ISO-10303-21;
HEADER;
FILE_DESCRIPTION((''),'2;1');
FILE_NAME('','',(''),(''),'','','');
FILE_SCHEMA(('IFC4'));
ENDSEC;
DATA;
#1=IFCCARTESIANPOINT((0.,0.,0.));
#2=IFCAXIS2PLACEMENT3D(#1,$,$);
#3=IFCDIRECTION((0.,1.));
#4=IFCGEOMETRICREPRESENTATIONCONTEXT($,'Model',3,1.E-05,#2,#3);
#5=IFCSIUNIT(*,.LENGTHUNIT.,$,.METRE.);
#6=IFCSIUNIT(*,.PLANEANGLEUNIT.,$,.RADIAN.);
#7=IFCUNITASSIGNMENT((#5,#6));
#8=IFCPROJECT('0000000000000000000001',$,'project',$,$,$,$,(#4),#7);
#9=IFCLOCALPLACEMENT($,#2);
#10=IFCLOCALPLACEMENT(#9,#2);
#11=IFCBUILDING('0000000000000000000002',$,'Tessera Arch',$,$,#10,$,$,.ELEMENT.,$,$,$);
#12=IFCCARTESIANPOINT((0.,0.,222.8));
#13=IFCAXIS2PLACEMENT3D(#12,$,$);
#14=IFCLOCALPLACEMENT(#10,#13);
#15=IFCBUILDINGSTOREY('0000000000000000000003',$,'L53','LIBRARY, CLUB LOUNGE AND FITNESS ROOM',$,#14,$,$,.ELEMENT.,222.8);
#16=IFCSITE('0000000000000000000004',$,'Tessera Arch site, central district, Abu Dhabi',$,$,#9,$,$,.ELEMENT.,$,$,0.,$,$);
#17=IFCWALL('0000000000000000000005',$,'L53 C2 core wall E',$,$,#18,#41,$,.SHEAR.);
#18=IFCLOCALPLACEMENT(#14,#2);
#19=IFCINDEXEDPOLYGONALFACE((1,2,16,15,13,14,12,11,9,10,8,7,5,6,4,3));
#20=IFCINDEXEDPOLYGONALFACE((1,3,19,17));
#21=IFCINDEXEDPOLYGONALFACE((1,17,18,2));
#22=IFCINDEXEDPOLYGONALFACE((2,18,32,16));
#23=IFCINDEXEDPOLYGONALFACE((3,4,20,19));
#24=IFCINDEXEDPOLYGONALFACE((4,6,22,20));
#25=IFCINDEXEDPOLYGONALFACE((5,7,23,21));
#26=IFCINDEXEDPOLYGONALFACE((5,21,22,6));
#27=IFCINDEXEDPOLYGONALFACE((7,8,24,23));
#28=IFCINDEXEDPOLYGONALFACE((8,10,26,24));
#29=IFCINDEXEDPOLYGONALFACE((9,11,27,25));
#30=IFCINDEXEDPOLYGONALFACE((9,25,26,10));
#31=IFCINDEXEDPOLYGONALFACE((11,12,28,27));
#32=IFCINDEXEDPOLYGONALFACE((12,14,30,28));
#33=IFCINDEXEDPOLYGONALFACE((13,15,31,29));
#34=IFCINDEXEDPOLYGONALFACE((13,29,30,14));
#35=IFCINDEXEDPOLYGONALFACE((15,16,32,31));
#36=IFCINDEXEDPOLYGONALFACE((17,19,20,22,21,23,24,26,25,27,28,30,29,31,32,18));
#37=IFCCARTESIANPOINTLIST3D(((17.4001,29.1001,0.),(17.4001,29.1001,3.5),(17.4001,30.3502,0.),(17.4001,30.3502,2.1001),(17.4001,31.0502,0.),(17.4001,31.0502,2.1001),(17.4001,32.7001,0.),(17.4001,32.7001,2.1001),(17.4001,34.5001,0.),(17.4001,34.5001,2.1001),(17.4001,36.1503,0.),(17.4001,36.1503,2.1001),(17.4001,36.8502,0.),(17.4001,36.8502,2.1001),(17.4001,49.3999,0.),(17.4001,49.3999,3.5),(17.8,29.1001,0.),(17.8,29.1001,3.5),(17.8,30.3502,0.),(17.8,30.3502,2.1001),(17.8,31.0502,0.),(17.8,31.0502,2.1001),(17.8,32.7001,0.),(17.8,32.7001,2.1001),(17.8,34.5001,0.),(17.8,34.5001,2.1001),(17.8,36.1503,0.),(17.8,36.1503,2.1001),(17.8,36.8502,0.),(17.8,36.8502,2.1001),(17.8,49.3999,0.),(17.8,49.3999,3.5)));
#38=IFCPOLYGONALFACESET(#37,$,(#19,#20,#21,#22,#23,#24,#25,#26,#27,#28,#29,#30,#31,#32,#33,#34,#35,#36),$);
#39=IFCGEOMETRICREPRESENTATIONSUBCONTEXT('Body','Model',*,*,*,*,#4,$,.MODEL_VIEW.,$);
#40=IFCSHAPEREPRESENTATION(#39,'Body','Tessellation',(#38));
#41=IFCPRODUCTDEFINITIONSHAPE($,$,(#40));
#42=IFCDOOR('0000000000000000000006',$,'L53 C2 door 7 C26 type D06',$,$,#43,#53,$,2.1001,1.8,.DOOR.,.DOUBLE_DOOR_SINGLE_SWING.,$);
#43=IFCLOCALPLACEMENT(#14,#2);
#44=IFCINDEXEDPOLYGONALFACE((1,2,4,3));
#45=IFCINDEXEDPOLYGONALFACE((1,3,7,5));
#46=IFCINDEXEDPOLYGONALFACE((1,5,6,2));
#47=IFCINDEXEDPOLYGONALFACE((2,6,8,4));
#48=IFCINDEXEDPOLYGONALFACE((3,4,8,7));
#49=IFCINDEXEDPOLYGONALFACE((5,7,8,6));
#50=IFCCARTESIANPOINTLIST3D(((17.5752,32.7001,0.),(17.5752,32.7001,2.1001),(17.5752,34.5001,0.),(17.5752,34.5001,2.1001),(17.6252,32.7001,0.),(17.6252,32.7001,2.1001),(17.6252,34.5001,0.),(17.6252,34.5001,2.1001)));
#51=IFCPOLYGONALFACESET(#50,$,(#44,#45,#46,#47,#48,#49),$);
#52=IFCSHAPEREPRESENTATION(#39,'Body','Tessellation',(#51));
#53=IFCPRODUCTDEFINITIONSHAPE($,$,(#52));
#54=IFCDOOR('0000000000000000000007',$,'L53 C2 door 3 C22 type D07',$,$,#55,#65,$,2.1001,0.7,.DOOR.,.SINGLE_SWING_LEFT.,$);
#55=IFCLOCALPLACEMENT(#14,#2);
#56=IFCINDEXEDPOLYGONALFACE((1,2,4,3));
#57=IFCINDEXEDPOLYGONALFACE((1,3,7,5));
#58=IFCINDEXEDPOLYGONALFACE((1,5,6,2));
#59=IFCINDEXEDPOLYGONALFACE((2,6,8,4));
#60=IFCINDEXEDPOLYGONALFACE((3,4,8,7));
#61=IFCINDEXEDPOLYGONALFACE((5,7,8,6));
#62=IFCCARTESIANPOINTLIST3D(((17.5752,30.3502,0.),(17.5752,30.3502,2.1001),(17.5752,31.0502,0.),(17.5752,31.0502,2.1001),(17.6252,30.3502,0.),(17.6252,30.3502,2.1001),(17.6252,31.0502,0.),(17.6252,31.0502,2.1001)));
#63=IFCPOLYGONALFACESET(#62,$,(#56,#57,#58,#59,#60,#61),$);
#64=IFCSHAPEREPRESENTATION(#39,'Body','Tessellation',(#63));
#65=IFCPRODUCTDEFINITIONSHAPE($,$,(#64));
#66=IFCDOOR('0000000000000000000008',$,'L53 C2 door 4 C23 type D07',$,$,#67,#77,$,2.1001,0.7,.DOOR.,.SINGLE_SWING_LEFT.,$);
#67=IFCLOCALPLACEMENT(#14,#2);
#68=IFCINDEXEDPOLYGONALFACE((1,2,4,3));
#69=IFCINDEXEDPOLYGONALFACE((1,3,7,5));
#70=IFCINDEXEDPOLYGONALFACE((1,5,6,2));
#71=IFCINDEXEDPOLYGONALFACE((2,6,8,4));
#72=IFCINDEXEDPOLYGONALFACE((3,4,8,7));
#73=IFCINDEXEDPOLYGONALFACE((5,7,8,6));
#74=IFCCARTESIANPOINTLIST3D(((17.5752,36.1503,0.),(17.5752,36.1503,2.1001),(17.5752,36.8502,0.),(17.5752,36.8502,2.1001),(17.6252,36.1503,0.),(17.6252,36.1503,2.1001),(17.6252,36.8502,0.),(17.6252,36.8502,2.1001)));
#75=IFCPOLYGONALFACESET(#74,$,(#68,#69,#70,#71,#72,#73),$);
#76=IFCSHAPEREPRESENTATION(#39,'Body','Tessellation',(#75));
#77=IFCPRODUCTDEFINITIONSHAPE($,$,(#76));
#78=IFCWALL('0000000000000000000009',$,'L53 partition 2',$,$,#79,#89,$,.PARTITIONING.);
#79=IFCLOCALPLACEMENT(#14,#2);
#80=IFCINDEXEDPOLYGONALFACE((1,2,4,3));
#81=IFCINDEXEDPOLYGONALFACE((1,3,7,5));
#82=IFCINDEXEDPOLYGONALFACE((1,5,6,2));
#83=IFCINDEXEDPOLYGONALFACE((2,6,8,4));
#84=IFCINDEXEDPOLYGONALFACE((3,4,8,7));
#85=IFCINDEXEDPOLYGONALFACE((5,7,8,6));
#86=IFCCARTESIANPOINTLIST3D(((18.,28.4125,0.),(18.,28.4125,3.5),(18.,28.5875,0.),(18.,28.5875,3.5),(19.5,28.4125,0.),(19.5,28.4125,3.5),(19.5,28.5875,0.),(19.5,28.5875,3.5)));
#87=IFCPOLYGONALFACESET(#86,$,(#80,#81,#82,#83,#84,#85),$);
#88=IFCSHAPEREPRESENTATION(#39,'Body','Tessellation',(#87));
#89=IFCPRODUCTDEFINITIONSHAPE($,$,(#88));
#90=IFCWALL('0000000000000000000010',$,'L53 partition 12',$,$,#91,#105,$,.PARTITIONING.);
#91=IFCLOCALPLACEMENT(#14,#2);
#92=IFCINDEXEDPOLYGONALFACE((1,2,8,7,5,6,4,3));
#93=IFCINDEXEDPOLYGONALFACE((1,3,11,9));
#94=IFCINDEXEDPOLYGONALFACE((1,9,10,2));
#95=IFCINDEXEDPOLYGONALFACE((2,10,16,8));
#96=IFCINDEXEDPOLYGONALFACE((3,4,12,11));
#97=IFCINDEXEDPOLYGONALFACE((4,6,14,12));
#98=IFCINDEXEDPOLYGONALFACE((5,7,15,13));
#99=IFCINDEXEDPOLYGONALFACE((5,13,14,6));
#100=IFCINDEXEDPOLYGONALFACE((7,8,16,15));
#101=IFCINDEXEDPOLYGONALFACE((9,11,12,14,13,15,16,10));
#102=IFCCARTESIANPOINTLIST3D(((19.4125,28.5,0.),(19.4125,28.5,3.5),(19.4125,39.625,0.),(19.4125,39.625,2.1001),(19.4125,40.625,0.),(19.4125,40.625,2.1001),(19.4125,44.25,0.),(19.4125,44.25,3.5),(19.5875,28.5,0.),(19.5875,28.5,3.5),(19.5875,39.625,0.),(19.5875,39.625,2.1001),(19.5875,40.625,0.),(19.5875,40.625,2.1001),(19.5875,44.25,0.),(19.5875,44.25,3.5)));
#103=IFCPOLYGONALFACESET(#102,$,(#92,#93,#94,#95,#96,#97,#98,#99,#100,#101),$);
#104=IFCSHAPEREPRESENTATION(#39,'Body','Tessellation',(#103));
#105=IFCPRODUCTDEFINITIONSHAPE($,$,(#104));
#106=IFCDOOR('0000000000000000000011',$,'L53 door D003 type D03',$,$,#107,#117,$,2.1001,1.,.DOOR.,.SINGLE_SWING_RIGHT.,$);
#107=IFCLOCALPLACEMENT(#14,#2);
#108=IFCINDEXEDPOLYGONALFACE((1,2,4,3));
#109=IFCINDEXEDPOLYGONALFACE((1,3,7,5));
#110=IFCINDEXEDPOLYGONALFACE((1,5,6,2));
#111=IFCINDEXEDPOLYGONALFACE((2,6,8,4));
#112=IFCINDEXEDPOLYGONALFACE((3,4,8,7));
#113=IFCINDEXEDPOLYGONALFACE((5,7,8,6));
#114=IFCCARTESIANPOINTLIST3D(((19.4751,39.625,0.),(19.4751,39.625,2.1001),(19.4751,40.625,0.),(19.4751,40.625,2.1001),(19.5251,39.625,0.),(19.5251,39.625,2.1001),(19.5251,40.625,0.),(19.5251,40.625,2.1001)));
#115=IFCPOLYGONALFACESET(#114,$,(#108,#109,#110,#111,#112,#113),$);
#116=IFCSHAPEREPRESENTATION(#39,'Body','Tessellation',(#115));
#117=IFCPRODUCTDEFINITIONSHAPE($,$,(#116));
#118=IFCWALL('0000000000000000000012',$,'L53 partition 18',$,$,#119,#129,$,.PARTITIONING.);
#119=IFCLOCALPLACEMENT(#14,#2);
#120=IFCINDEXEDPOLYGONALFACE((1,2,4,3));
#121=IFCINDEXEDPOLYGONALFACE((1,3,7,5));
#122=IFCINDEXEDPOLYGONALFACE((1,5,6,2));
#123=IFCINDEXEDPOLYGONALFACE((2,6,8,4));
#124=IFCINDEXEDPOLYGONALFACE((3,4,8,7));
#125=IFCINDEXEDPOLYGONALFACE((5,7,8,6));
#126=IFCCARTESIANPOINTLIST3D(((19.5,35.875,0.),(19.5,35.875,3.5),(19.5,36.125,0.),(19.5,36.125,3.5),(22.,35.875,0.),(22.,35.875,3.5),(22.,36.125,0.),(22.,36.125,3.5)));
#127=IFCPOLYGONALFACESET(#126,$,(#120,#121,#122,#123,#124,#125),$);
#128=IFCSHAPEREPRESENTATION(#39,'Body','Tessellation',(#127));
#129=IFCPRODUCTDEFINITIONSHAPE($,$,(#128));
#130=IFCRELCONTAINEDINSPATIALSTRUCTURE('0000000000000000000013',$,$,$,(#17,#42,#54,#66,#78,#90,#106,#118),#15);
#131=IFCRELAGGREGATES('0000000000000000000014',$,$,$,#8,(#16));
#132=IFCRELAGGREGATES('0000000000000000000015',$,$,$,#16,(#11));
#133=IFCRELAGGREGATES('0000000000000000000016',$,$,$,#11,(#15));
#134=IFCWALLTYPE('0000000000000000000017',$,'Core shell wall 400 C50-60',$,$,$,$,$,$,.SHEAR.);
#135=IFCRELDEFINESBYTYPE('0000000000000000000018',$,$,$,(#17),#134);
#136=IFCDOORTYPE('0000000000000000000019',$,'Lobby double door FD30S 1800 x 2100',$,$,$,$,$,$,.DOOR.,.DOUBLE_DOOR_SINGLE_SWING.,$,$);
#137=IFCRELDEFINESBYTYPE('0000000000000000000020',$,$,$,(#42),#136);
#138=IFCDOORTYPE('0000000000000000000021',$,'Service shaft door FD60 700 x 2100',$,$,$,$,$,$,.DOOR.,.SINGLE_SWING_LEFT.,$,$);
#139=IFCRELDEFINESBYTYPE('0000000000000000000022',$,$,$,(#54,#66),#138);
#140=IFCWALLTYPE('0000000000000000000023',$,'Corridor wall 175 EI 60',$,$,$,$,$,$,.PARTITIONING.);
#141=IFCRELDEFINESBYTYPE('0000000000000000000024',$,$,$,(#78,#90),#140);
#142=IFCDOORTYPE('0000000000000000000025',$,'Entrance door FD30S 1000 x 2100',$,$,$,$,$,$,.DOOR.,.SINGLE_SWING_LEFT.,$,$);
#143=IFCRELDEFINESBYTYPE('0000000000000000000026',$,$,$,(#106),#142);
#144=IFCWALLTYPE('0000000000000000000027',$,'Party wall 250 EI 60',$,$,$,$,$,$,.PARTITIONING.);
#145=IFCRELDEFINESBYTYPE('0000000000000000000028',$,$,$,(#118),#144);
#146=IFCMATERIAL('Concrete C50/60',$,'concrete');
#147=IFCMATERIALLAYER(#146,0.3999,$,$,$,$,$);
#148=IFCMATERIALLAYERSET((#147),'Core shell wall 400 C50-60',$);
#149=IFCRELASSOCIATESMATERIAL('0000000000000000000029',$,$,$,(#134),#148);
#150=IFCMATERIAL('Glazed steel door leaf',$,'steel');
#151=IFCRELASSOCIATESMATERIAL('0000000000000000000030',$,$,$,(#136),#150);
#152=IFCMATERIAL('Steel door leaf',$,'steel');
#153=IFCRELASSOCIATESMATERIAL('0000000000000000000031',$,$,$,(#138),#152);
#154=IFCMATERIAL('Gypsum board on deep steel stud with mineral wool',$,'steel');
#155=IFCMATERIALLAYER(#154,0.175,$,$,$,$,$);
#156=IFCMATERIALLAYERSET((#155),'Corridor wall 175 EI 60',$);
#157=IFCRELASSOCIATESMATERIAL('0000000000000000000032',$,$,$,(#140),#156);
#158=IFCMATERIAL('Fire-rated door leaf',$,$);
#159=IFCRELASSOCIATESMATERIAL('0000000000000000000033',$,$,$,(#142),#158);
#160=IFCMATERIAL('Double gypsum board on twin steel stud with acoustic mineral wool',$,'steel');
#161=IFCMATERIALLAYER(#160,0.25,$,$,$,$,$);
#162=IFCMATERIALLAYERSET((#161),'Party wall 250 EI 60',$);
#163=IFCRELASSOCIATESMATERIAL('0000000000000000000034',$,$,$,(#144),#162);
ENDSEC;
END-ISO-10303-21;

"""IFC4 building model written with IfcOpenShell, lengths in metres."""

from ifc_helpers import new_model, si_unit, direction, frame, frame_2d, origin, place, context, subcontext, project, spatial, rectangle, extrude, material, layer, layer_set, type_object, element, fill, save


model = new_model("IFC4")

# Units and contexts
model_context = context("Model", 3, precision=1e-05, world=origin(), true_north=direction((0.0, 1.0)))
body_context = subcontext(model_context, "Body", "Model", "MODEL_VIEW")
ifc_project = project(units=[si_unit("LENGTHUNIT", "METRE"), si_unit("PLANEANGLEUNIT", "RADIAN")], contexts=[model_context])

# Site, building, storey
site_placement = place(None, origin())
site = spatial("IfcSite", under=ifc_project, at=site_placement, Name="Tessera Arch site, central district, Abu Dhabi", CompositionType="ELEMENT", RefElevation=0.0)
building_placement = place(site_placement, origin())
building = spatial("IfcBuilding", under=site, at=building_placement, Name="Tessera Arch", CompositionType="ELEMENT")
storey_placement = place(building_placement, frame((0.0, 0.0, 222.8)))
storey = spatial("IfcBuildingStorey", under=building, at=storey_placement, Name="L53", Description="LIBRARY, CLUB LOUNGE AND FITNESS ROOM", CompositionType="ELEMENT", Elevation=222.8)

# Wall, openings, doors
ifc_material_1 = material(Name="Concrete C50/60", Category="concrete")
ifc_layer_1 = layer(ifc_material_1, 0.3999)
ifc_layer_set_1 = layer_set([ifc_layer_1], Name="Core shell wall 400 C50-60")
wall_type_1 = type_object("IfcWallType", Name="Core shell wall 400 C50-60", PredefinedType="SHEAR", material=ifc_layer_set_1)
wall_1_placement = place(storey_placement, frame((17.6001, 29.1001, 0.0), z_axis=(0.0, 0.0, 1.0), x_axis=(0.0, 1.0, 0.0)))
wall_1 = element("IfcWall", 1, at=wall_1_placement, inside=storey, type_object=wall_type_1, Name="L53 C2 core wall E", PredefinedType="SHEAR", context=body_context, shape_type="SweptSolid", body=[
    extrude(rectangle(XDim=20.2998, YDim=0.3999, at=frame_2d((10.1499, 0.0))), origin(), (0.0, 0.0, 1.0), 3.5),
])
opening_1_placement = place(wall_1_placement, frame((1.25, 0.0, 0.0)))
opening_1 = element("IfcOpeningElement", 2, at=opening_1_placement, cuts=wall_1, PredefinedType="OPENING", context=body_context, shape_type="SweptSolid", body=[
    extrude(rectangle(XDim=0.7, YDim=2.1001, at=frame_2d((0.3501, 1.05))), frame((0.0, 0.21, 0.0), z_axis=(0.0, -1.0, 0.0), x_axis=(1.0, 0.0, 0.0)), (0.0, 0.0, 1.0), 0.4199),
])
opening_2_placement = place(wall_1_placement, frame((7.05, 0.0, 0.0)))
opening_2 = element("IfcOpeningElement", 3, at=opening_2_placement, cuts=wall_1, PredefinedType="OPENING", context=body_context, shape_type="SweptSolid", body=[
    extrude(rectangle(XDim=0.7, YDim=2.1001, at=frame_2d((0.3501, 1.05))), frame((0.0, 0.21, 0.0), z_axis=(0.0, -1.0, 0.0), x_axis=(1.0, 0.0, 0.0)), (0.0, 0.0, 1.0), 0.4199),
])
opening_3_placement = place(wall_1_placement, frame((3.6001, 0.0, 0.0)))
opening_3 = element("IfcOpeningElement", 4, at=opening_3_placement, cuts=wall_1, PredefinedType="OPENING", context=body_context, shape_type="SweptSolid", body=[
    extrude(rectangle(XDim=1.8, YDim=2.1001, at=frame_2d((0.8999, 1.05))), frame((0.0, 0.21, 0.0), z_axis=(0.0, -1.0, 0.0), x_axis=(1.0, 0.0, 0.0)), (0.0, 0.0, 1.0), 0.4199),
])
ifc_material_2 = material(Name="Glazed steel door leaf", Category="steel")
door_type_1 = type_object("IfcDoorType", Name="Lobby double door FD30S 1800 x 2100", OperationType="DOUBLE_DOOR_SINGLE_SWING", PredefinedType="DOOR", material=ifc_material_2)
door_1_placement = place(opening_3_placement, origin())
door_1 = element("IfcDoor", 5, at=door_1_placement, inside=storey, type_object=door_type_1, Name="L53 C2 door 7 C26 type D06", OperationType="DOUBLE_DOOR_SINGLE_SWING", OverallHeight=2.1001, OverallWidth=1.8, PredefinedType="DOOR", context=body_context, shape_type="SweptSolid", body=[
    extrude(rectangle(XDim=1.8, YDim=2.1001, at=frame_2d((0.8999, 1.05))), frame((0.0, 0.0249, 0.0), z_axis=(0.0, -1.0, 0.0), x_axis=(1.0, 0.0, 0.0)), (0.0, 0.0, 1.0), 0.05),
])
fill(opening_3, door_1)
ifc_material_3 = material(Name="Steel door leaf", Category="steel")
door_type_2 = type_object("IfcDoorType", Name="Service shaft door FD60 700 x 2100", OperationType="SINGLE_SWING_LEFT", PredefinedType="DOOR", material=ifc_material_3)
door_2_placement = place(opening_1_placement, origin())
door_2 = element("IfcDoor", 6, at=door_2_placement, inside=storey, type_object=door_type_2, Name="L53 C2 door 3 C22 type D07", OperationType="SINGLE_SWING_LEFT", OverallHeight=2.1001, OverallWidth=0.7, PredefinedType="DOOR", context=body_context, shape_type="SweptSolid", body=[
    extrude(rectangle(XDim=0.7, YDim=2.1001, at=frame_2d((0.3501, 1.05))), frame((0.0, 0.0249, 0.0), z_axis=(0.0, -1.0, 0.0), x_axis=(1.0, 0.0, 0.0)), (0.0, 0.0, 1.0), 0.05),
])
fill(opening_1, door_2)
door_3_placement = place(opening_2_placement, origin())
door_3 = element("IfcDoor", 7, at=door_3_placement, inside=storey, type_object=door_type_2, Name="L53 C2 door 4 C23 type D07", OperationType="SINGLE_SWING_LEFT", OverallHeight=2.1001, OverallWidth=0.7, PredefinedType="DOOR", context=body_context, shape_type="SweptSolid", body=[
    extrude(rectangle(XDim=0.7, YDim=2.1001, at=frame_2d((0.3501, 1.05))), frame((0.0, 0.0249, 0.0), z_axis=(0.0, -1.0, 0.0), x_axis=(1.0, 0.0, 0.0)), (0.0, 0.0, 1.0), 0.05),
])
fill(opening_2, door_3)

# Wall
ifc_material_4 = material(Name="Gypsum board on deep steel stud with mineral wool", Category="steel")
ifc_layer_2 = layer(ifc_material_4, 0.175)
ifc_layer_set_2 = layer_set([ifc_layer_2], Name="Corridor wall 175 EI 60")
wall_type_2 = type_object("IfcWallType", Name="Corridor wall 175 EI 60", PredefinedType="PARTITIONING", material=ifc_layer_set_2)
wall_2_placement = place(storey_placement, frame((18.0, 28.5, 0.0), z_axis=(0.0, 0.0, 1.0), x_axis=(1.0, 0.0, 0.0)))
element("IfcWall", 8, at=wall_2_placement, inside=storey, type_object=wall_type_2, Name="L53 partition 2", PredefinedType="PARTITIONING", context=body_context, shape_type="SweptSolid", body=[
    extrude(rectangle(XDim=1.5, YDim=0.175, at=frame_2d((0.75, 0.0))), origin(), (0.0, 0.0, 1.0), 3.5),
])

# Wall, opening, door
wall_3_placement = place(storey_placement, frame((19.5, 28.5, 0.0), z_axis=(0.0, 0.0, 1.0), x_axis=(0.0, 1.0, 0.0)))
wall_3 = element("IfcWall", 9, at=wall_3_placement, inside=storey, type_object=wall_type_2, Name="L53 partition 12", PredefinedType="PARTITIONING", context=body_context, shape_type="SweptSolid", body=[
    extrude(rectangle(XDim=15.75, YDim=0.175, at=frame_2d((7.875, 0.0))), origin(), (0.0, 0.0, 1.0), 3.5),
])
opening_4_placement = place(wall_3_placement, frame((11.125, 0.0, 0.0)))
opening_4 = element("IfcOpeningElement", 10, at=opening_4_placement, cuts=wall_3, PredefinedType="OPENING", context=body_context, shape_type="SweptSolid", body=[
    extrude(rectangle(XDim=1.0, YDim=2.1001, at=frame_2d((0.5, 1.05))), frame((0.0, 0.0974, 0.0), z_axis=(0.0, -1.0, 0.0), x_axis=(1.0, 0.0, 0.0)), (0.0, 0.0, 1.0), 0.1951),
])
ifc_material_5 = material(Name="Fire-rated door leaf")
door_type_3 = type_object("IfcDoorType", Name="Entrance door FD30S 1000 x 2100", OperationType="SINGLE_SWING_LEFT", PredefinedType="DOOR", material=ifc_material_5)
door_4_placement = place(opening_4_placement, origin())
door_4 = element("IfcDoor", 11, at=door_4_placement, inside=storey, type_object=door_type_3, Name="L53 door D003 type D03", OperationType="SINGLE_SWING_RIGHT", OverallHeight=2.1001, OverallWidth=1.0, PredefinedType="DOOR", context=body_context, shape_type="SweptSolid", body=[
    extrude(rectangle(XDim=1.0, YDim=2.1001, at=frame_2d((0.5, 1.05))), frame((0.0, 0.0249, 0.0), z_axis=(0.0, -1.0, 0.0), x_axis=(1.0, 0.0, 0.0)), (0.0, 0.0, 1.0), 0.05),
])
fill(opening_4, door_4)

# Wall
ifc_material_6 = material(Name="Double gypsum board on twin steel stud with acoustic mineral wool", Category="steel")
ifc_layer_3 = layer(ifc_material_6, 0.25)
ifc_layer_set_3 = layer_set([ifc_layer_3], Name="Party wall 250 EI 60")
wall_type_3 = type_object("IfcWallType", Name="Party wall 250 EI 60", PredefinedType="PARTITIONING", material=ifc_layer_set_3)
wall_4_placement = place(storey_placement, frame((19.5, 36.0, 0.0), z_axis=(0.0, 0.0, 1.0), x_axis=(1.0, 0.0, 0.0)))
element("IfcWall", 12, at=wall_4_placement, inside=storey, type_object=wall_type_3, Name="L53 partition 18", PredefinedType="PARTITIONING", context=body_context, shape_type="SweptSolid", body=[
    extrude(rectangle(XDim=2.5, YDim=0.25, at=frame_2d((1.25, 0.0))), origin(), (0.0, 0.0, 1.0), 3.5),
])

save(model, "model.ifc")
